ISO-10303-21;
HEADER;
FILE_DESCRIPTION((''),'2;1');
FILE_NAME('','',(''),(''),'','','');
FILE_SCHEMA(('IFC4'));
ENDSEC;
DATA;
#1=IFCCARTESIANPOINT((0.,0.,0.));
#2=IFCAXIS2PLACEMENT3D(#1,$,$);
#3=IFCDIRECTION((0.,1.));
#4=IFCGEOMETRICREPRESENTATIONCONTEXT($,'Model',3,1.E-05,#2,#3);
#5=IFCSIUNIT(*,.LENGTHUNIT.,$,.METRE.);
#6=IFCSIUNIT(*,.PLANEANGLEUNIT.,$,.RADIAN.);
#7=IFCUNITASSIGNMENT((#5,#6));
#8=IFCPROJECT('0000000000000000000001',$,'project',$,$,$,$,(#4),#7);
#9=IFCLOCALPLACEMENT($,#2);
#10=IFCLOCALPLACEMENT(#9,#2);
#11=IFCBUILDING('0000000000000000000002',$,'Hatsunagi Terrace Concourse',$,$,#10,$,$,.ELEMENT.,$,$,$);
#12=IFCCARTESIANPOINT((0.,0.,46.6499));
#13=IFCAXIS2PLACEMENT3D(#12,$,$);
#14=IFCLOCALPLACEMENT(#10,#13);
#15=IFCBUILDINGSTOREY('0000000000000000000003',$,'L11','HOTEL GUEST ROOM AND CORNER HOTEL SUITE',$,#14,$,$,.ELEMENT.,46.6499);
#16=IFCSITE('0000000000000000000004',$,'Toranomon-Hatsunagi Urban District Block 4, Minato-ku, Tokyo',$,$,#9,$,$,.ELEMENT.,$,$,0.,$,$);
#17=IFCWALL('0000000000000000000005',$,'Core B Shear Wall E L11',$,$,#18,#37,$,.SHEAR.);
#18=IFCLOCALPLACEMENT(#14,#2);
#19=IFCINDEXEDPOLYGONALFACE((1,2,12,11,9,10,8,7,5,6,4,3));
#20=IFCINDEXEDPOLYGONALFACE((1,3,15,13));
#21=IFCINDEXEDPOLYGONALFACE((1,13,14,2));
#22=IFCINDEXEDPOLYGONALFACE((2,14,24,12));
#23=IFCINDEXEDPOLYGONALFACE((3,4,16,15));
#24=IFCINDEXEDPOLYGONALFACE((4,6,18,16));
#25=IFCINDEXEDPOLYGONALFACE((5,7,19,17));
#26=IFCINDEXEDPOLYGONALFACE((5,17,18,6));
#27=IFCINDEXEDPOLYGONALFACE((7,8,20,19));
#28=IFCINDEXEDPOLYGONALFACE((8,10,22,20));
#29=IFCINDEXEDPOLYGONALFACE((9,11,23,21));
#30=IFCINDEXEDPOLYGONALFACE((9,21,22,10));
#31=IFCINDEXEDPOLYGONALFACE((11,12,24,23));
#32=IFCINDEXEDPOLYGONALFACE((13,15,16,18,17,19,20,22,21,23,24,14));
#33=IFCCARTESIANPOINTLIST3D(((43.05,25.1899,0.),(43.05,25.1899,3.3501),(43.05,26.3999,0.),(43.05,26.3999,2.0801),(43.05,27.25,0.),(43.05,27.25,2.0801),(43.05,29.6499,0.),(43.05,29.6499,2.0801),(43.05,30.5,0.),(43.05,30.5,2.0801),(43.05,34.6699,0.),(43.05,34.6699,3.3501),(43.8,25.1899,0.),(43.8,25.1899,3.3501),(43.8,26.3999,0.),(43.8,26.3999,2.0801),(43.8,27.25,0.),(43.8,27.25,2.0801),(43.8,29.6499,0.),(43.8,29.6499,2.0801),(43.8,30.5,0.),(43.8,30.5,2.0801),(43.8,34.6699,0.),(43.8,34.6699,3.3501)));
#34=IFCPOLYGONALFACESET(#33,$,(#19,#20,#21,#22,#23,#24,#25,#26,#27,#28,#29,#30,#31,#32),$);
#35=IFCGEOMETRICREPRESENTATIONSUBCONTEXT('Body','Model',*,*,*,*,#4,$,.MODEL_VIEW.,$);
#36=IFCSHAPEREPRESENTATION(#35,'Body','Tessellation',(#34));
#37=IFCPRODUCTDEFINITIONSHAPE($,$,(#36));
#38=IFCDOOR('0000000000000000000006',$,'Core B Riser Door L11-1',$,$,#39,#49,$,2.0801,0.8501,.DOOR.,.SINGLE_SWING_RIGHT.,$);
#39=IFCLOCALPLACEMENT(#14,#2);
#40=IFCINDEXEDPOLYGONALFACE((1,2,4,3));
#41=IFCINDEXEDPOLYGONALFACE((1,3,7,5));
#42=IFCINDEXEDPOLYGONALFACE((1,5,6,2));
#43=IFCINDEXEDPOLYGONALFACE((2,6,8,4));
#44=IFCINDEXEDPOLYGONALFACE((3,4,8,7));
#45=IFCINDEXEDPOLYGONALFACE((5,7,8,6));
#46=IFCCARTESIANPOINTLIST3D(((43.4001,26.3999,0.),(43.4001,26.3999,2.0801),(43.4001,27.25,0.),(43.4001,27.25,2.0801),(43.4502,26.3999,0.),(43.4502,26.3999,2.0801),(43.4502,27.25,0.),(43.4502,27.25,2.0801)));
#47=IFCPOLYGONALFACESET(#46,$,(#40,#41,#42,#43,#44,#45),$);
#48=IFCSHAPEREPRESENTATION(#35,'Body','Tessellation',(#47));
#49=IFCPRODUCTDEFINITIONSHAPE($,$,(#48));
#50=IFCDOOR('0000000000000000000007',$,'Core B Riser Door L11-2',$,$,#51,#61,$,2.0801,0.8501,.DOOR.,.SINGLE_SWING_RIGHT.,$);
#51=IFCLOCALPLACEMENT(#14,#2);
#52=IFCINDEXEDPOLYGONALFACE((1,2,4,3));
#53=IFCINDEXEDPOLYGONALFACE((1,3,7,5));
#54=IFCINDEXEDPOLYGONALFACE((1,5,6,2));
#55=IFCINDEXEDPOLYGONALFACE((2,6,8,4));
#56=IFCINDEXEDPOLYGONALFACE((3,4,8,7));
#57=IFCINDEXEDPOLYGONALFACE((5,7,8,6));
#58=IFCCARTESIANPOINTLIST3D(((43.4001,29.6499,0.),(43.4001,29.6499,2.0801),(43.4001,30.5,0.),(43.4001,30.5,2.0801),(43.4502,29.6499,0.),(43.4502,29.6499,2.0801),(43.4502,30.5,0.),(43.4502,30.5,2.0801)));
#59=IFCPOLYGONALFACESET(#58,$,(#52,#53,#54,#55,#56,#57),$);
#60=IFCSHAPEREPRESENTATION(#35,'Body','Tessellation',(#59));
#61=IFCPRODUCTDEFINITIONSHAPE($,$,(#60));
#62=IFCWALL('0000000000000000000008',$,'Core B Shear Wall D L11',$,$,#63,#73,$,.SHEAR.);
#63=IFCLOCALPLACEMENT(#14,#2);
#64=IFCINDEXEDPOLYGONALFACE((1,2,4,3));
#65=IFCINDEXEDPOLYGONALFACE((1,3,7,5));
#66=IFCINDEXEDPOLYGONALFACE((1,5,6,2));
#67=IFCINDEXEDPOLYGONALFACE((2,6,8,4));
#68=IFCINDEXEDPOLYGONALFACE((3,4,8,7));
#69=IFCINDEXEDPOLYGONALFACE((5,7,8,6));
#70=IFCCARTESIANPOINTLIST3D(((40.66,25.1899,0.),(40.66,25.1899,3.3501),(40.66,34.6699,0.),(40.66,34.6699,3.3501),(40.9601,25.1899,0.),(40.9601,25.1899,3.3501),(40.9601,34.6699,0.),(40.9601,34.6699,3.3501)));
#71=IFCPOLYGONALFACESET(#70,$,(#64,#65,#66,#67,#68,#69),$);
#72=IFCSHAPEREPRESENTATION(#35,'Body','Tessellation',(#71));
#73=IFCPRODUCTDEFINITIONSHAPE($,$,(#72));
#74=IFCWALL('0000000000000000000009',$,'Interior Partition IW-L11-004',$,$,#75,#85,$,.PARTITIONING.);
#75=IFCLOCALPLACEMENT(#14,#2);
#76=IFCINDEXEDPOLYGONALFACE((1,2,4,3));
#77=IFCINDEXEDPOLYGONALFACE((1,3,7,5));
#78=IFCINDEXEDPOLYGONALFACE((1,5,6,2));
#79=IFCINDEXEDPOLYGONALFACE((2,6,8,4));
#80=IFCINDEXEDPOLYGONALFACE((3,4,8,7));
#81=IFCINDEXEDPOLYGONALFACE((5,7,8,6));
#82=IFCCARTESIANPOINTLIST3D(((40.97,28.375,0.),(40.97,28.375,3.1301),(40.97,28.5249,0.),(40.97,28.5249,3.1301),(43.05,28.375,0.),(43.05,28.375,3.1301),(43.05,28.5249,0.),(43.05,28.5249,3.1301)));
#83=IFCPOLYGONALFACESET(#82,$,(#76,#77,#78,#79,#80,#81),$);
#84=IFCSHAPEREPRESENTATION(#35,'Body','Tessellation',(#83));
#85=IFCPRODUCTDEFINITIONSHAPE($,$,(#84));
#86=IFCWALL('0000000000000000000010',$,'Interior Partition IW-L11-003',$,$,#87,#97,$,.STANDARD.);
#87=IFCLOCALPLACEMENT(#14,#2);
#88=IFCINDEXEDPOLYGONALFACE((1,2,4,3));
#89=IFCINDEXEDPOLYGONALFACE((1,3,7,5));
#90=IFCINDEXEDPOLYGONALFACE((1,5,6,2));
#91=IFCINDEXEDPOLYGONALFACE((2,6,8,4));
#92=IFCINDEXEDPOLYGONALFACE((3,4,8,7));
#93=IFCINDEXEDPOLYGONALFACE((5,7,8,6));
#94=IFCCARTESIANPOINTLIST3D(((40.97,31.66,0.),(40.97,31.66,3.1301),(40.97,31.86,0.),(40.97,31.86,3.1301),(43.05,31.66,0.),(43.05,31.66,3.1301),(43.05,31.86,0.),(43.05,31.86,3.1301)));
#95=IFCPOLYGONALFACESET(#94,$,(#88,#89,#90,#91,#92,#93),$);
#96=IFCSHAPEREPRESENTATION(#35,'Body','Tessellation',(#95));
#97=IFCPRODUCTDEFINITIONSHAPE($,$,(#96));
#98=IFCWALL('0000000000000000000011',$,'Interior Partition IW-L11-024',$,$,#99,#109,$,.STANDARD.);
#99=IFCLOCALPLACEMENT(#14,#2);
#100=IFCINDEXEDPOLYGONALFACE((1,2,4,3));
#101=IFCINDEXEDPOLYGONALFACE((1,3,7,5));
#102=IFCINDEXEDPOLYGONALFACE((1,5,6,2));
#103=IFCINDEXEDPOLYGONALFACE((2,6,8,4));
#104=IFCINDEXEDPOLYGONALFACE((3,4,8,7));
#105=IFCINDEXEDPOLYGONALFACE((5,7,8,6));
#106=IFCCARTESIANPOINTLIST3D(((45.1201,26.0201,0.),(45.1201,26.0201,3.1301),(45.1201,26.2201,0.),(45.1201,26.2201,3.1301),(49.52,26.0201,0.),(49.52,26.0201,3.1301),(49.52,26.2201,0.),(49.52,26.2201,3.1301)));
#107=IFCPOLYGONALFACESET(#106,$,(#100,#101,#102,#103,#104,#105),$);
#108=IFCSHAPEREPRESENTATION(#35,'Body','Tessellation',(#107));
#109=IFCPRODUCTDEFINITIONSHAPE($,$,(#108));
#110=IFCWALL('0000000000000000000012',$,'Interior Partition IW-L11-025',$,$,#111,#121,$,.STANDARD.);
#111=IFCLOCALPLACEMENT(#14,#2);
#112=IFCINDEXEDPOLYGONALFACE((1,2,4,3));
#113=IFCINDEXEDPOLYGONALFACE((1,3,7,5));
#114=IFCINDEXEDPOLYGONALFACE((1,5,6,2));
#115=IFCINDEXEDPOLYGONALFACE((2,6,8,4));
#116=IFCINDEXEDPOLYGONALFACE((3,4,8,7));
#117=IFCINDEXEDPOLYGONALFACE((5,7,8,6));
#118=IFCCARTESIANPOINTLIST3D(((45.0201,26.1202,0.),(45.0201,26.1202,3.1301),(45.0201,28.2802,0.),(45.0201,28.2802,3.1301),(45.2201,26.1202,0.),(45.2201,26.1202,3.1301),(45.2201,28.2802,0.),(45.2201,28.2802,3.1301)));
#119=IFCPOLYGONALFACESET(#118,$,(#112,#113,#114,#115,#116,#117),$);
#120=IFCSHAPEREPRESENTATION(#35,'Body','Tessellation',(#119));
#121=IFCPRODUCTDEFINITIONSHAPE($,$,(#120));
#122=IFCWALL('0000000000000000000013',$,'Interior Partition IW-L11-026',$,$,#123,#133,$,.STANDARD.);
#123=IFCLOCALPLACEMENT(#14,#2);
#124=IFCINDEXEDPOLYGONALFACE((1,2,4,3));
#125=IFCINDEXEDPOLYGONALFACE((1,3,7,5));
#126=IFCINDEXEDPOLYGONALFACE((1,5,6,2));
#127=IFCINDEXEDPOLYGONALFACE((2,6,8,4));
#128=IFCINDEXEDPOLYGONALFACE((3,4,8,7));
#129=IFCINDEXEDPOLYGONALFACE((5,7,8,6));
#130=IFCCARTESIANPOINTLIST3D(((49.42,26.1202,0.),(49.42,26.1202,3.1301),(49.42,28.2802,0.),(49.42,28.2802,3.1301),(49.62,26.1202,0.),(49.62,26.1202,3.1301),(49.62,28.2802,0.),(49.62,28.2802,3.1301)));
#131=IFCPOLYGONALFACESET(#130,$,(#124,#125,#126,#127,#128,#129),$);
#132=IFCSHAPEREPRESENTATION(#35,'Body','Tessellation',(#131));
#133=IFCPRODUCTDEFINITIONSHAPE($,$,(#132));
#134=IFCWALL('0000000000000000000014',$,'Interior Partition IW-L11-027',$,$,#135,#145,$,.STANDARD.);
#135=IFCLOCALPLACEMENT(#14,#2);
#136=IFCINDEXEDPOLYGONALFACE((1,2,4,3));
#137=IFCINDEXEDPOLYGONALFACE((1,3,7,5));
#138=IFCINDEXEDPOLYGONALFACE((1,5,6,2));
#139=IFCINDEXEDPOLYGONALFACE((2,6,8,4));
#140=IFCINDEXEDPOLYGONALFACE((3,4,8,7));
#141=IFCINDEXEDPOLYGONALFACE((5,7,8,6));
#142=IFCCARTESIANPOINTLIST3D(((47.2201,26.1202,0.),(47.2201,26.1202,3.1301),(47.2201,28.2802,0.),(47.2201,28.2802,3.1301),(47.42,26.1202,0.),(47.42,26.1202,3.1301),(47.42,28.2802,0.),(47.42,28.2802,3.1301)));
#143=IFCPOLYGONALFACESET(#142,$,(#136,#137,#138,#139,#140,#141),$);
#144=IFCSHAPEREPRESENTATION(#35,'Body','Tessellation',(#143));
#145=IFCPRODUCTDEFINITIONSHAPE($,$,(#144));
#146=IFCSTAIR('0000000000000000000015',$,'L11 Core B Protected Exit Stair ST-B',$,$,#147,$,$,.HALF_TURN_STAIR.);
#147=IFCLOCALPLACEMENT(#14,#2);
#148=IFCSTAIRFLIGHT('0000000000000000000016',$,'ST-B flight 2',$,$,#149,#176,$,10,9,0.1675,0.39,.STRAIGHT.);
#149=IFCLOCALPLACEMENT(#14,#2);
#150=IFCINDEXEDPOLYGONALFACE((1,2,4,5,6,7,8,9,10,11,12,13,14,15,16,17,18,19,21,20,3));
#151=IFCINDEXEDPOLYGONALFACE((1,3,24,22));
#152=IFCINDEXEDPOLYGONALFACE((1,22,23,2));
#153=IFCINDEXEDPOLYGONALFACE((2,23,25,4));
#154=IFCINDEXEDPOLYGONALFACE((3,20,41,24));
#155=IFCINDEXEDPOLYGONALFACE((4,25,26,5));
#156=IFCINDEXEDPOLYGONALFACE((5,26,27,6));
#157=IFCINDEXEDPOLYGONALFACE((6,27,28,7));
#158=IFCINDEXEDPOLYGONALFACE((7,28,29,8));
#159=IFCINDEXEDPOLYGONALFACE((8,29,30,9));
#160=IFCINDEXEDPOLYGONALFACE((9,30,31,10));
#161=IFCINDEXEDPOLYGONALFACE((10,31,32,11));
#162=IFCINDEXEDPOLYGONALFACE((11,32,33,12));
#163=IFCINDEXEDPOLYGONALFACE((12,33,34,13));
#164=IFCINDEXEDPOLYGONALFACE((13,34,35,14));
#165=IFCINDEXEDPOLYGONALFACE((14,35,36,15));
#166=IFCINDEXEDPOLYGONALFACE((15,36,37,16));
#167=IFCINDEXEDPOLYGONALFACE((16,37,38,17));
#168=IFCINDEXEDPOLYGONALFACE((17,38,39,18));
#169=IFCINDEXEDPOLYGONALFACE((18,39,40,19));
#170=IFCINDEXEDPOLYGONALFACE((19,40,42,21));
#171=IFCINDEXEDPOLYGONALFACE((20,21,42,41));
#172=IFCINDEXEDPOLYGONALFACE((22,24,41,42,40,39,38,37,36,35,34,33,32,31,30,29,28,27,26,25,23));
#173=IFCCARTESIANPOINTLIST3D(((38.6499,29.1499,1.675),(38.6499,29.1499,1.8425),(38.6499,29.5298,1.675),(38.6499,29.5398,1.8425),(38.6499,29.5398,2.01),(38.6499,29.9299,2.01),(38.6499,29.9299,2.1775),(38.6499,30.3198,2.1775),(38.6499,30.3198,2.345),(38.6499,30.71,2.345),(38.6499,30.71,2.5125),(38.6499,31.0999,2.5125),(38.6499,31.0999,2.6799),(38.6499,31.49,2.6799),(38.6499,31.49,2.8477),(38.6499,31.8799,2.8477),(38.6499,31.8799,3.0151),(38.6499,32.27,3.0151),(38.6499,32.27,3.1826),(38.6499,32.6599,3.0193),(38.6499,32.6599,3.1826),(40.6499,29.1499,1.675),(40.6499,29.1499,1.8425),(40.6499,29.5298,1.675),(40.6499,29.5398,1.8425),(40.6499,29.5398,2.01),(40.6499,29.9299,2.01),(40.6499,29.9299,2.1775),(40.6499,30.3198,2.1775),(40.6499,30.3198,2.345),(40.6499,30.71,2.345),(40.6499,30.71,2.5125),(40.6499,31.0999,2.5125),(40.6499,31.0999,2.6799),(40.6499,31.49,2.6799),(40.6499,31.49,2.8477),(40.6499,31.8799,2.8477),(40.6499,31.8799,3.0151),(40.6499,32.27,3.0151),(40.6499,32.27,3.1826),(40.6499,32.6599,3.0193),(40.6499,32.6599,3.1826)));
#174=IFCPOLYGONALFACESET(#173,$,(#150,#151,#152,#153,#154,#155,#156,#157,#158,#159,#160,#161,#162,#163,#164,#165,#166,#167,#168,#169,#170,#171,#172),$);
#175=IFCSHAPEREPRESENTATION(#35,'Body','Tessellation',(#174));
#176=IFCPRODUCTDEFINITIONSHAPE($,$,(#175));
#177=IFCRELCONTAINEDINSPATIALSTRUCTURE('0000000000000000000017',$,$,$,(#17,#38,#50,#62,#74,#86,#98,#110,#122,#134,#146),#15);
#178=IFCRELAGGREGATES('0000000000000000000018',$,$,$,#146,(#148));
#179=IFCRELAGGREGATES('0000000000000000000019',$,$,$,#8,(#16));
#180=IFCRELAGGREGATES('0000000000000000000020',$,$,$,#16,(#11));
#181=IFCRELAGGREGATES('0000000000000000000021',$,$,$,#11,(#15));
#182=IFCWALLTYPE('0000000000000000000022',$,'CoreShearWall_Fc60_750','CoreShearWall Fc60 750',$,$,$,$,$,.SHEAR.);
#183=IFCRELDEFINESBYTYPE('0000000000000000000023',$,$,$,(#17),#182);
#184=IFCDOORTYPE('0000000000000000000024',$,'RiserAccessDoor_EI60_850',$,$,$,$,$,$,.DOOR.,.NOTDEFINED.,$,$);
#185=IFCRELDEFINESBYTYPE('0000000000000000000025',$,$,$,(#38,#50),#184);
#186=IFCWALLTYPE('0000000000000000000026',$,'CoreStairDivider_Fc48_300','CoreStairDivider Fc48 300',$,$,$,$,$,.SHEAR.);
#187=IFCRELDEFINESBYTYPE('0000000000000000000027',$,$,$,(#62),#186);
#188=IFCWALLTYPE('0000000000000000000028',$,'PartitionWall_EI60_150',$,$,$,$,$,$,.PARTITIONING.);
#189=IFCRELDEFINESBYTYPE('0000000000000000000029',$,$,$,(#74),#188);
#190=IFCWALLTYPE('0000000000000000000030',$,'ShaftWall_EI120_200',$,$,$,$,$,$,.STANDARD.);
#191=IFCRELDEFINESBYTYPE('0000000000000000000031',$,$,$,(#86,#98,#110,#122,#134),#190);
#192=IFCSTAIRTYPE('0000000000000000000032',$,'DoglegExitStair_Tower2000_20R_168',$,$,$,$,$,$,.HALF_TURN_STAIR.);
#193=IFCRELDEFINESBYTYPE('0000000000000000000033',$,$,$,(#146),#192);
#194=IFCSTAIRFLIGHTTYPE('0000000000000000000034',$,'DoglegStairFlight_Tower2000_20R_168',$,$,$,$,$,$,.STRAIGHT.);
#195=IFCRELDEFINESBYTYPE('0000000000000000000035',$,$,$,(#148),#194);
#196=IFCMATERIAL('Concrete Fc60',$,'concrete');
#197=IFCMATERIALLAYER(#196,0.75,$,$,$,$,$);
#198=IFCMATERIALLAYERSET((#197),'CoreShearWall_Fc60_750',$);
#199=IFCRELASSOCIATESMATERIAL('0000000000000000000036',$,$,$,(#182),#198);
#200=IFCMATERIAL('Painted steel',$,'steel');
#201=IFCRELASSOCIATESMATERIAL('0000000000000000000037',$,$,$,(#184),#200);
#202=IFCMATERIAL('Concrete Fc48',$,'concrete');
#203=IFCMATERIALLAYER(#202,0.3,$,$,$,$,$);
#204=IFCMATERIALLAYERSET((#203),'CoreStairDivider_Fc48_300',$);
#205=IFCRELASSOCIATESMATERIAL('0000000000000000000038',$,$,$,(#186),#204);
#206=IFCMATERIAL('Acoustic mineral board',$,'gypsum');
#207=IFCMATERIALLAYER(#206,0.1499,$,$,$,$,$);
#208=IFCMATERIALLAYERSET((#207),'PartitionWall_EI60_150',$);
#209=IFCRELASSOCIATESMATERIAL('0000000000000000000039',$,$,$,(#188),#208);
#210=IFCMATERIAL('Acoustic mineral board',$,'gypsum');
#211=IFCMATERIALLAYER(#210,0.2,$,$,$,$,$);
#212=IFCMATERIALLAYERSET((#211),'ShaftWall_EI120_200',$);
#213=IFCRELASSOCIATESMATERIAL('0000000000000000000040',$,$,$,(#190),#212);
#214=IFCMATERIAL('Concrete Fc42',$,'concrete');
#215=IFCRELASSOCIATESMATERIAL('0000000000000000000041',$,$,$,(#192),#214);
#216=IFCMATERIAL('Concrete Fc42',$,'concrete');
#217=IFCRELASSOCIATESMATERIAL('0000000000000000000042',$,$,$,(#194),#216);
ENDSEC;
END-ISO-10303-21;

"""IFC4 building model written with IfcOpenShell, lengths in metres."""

from ifc_helpers import new_model, si_unit, direction, frame, frame_2d, origin, place, context, subcontext, project, spatial, polyline, rectangle, outline, extrude, material, layer, layer_set, type_object, element, fill, aggregate, save


model = new_model("IFC4")

# Units and contexts
model_context = context("Model", 3, precision=1e-05, world=origin(), true_north=direction((0.0, 1.0)))
body_context = subcontext(model_context, "Body", "Model", "MODEL_VIEW")
ifc_project = project(units=[si_unit("LENGTHUNIT", "METRE"), si_unit("PLANEANGLEUNIT", "RADIAN")], contexts=[model_context])

# Site, building, storey
site_placement = place(None, origin())
site = spatial("IfcSite", under=ifc_project, at=site_placement, Name="Toranomon-Hatsunagi Urban District Block 4, Minato-ku, Tokyo", CompositionType="ELEMENT", RefElevation=0.0)
building_placement = place(site_placement, origin())
building = spatial("IfcBuilding", under=site, at=building_placement, Name="Hatsunagi Terrace Concourse", CompositionType="ELEMENT")
storey_placement = place(building_placement, frame((0.0, 0.0, 46.6499)))
storey = spatial("IfcBuildingStorey", under=building, at=storey_placement, Name="L11", Description="HOTEL GUEST ROOM AND CORNER HOTEL SUITE", CompositionType="ELEMENT", Elevation=46.6499)

# Wall, openings, doors
ifc_material_1 = material(Name="Concrete Fc60", Category="concrete")
ifc_layer_1 = layer(ifc_material_1, 0.75)
ifc_layer_set_1 = layer_set([ifc_layer_1], Name="CoreShearWall_Fc60_750")
wall_type_1 = type_object("IfcWallType", Name="CoreShearWall_Fc60_750", Description="CoreShearWall Fc60 750", PredefinedType="SHEAR", material=ifc_layer_set_1)
wall_1_placement = place(storey_placement, frame((43.425, 25.1899, 0.0), z_axis=(0.0, 0.0, 1.0), x_axis=(0.0, 1.0, 0.0)))
wall_1 = element("IfcWall", 1, at=wall_1_placement, inside=storey, type_object=wall_type_1, Name="Core B Shear Wall E L11", PredefinedType="SHEAR", context=body_context, shape_type="SweptSolid", body=[
    extrude(rectangle(XDim=9.48, YDim=0.75, at=frame_2d((4.74, 0.0))), origin(), (0.0, 0.0, 1.0), 3.3501),
])
opening_1_placement = place(wall_1_placement, frame((1.21, 0.0, 0.0)))
opening_1 = element("IfcOpeningElement", 2, at=opening_1_placement, cuts=wall_1, PredefinedType="OPENING", context=body_context, shape_type="SweptSolid", body=[
    extrude(rectangle(XDim=0.8501, YDim=2.0801, at=frame_2d((0.425, 1.04))), frame((0.0, 0.385, 0.0), z_axis=(0.0, -1.0, 0.0), x_axis=(1.0, 0.0, 0.0)), (0.0, 0.0, 1.0), 0.77),
])
opening_2_placement = place(wall_1_placement, frame((4.46, 0.0, 0.0)))
opening_2 = element("IfcOpeningElement", 3, at=opening_2_placement, cuts=wall_1, PredefinedType="OPENING", context=body_context, shape_type="SweptSolid", body=[
    extrude(rectangle(XDim=0.8501, YDim=2.0801, at=frame_2d((0.425, 1.04))), frame((0.0, 0.385, 0.0), z_axis=(0.0, -1.0, 0.0), x_axis=(1.0, 0.0, 0.0)), (0.0, 0.0, 1.0), 0.77),
])
ifc_material_2 = material(Name="Painted steel", Category="steel")
door_type_1 = type_object("IfcDoorType", Name="RiserAccessDoor_EI60_850", OperationType="NOTDEFINED", PredefinedType="DOOR", material=ifc_material_2)
door_1_placement = place(opening_1_placement, origin())
door_1 = element("IfcDoor", 4, at=door_1_placement, inside=storey, type_object=door_type_1, Name="Core B Riser Door L11-1", OperationType="SINGLE_SWING_RIGHT", OverallHeight=2.0801, OverallWidth=0.8501, PredefinedType="DOOR", context=body_context, shape_type="SweptSolid", body=[
    extrude(rectangle(XDim=0.8501, YDim=2.0801, at=frame_2d((0.425, 1.04))), frame((0.0, 0.0249, 0.0), z_axis=(0.0, -1.0, 0.0), x_axis=(1.0, 0.0, 0.0)), (0.0, 0.0, 1.0), 0.05),
])
fill(opening_1, door_1)
door_2_placement = place(opening_2_placement, origin())
door_2 = element("IfcDoor", 5, at=door_2_placement, inside=storey, type_object=door_type_1, Name="Core B Riser Door L11-2", OperationType="SINGLE_SWING_RIGHT", OverallHeight=2.0801, OverallWidth=0.8501, PredefinedType="DOOR", context=body_context, shape_type="SweptSolid", body=[
    extrude(rectangle(XDim=0.8501, YDim=2.0801, at=frame_2d((0.425, 1.04))), frame((0.0, 0.0249, 0.0), z_axis=(0.0, -1.0, 0.0), x_axis=(1.0, 0.0, 0.0)), (0.0, 0.0, 1.0), 0.05),
])
fill(opening_2, door_2)

# Walls
ifc_material_3 = material(Name="Concrete Fc48", Category="concrete")
ifc_layer_2 = layer(ifc_material_3, 0.3)
ifc_layer_set_2 = layer_set([ifc_layer_2], Name="CoreStairDivider_Fc48_300")
wall_type_2 = type_object("IfcWallType", Name="CoreStairDivider_Fc48_300", Description="CoreStairDivider Fc48 300", PredefinedType="SHEAR", material=ifc_layer_set_2)
wall_2_placement = place(storey_placement, frame((40.8101, 25.1899, 0.0), z_axis=(0.0, 0.0, 1.0), x_axis=(0.0, 1.0, 0.0)))
element("IfcWall", 6, at=wall_2_placement, inside=storey, type_object=wall_type_2, Name="Core B Shear Wall D L11", PredefinedType="SHEAR", context=body_context, shape_type="SweptSolid", body=[
    extrude(rectangle(XDim=9.48, YDim=0.3, at=frame_2d((4.74, 0.0))), origin(), (0.0, 0.0, 1.0), 3.3501),
])
ifc_material_4 = material(Name="Acoustic mineral board", Category="gypsum")
ifc_layer_3 = layer(ifc_material_4, 0.1499)
ifc_layer_set_3 = layer_set([ifc_layer_3], Name="PartitionWall_EI60_150")
wall_type_3 = type_object("IfcWallType", Name="PartitionWall_EI60_150", PredefinedType="PARTITIONING", material=ifc_layer_set_3)
wall_3_placement = place(storey_placement, frame((40.97, 28.45, 0.0), z_axis=(0.0, 0.0, 1.0), x_axis=(1.0, 0.0, 0.0)))
element("IfcWall", 7, at=wall_3_placement, inside=storey, type_object=wall_type_3, Name="Interior Partition IW-L11-004", PredefinedType="PARTITIONING", context=body_context, shape_type="SweptSolid", body=[
    extrude(rectangle(XDim=2.0801, YDim=0.1499, at=frame_2d((1.04, 0.0))), origin(), (0.0, 0.0, 1.0), 3.1301),
])
ifc_material_5 = material(Name="Acoustic mineral board", Category="gypsum")
ifc_layer_4 = layer(ifc_material_5, 0.2)
ifc_layer_set_4 = layer_set([ifc_layer_4], Name="ShaftWall_EI120_200")
wall_type_4 = type_object("IfcWallType", Name="ShaftWall_EI120_200", PredefinedType="STANDARD", material=ifc_layer_set_4)
wall_4_placement = place(storey_placement, frame((40.97, 31.76, 0.0), z_axis=(0.0, 0.0, 1.0), x_axis=(1.0, 0.0, 0.0)))
element("IfcWall", 8, at=wall_4_placement, inside=storey, type_object=wall_type_4, Name="Interior Partition IW-L11-003", PredefinedType="STANDARD", context=body_context, shape_type="SweptSolid", body=[
    extrude(rectangle(XDim=2.0801, YDim=0.2, at=frame_2d((1.04, 0.0))), origin(), (0.0, 0.0, 1.0), 3.1301),
])
wall_5_placement = place(storey_placement, frame((45.1201, 26.1201, 0.0), z_axis=(0.0, 0.0, 1.0), x_axis=(1.0, 0.0, 0.0)))
element("IfcWall", 9, at=wall_5_placement, inside=storey, type_object=wall_type_4, Name="Interior Partition IW-L11-024", PredefinedType="STANDARD", context=body_context, shape_type="SweptSolid", body=[
    extrude(rectangle(XDim=4.3999, YDim=0.2, at=frame_2d((2.2, 0.0))), origin(), (0.0, 0.0, 1.0), 3.1301),
])
for number, where, z_axis, x_axis, name in (
    (10, (45.1201, 26.1201, 0.0), (0.0, 0.0, 1.0), (0.0, 1.0, 0.0), "Interior Partition IW-L11-025"),
    (11, (49.52, 26.1201, 0.0), (0.0, 0.0, 1.0), (0.0, 1.0, 0.0), "Interior Partition IW-L11-026"),
    (12, (47.3201, 26.1201, 0.0), (0.0, 0.0, 1.0), (0.0, 1.0, 0.0), "Interior Partition IW-L11-027"),
):
    element("IfcWall", number, at=place(storey_placement, frame(where, z_axis=z_axis, x_axis=x_axis)), inside=storey, type_object=wall_type_4, Name=name, PredefinedType="STANDARD", context=body_context, shape_type="SweptSolid", body=[
        extrude(rectangle(XDim=2.1599, YDim=0.2, at=frame_2d((1.0801, 0.0))), origin(), (0.0, 0.0, 1.0), 3.1301),
    ])

# Stair, stair flight
ifc_material_6 = material(Name="Concrete Fc42", Category="concrete")
stair_type = type_object("IfcStairType", Name="DoglegExitStair_Tower2000_20R_168", PredefinedType="HALF_TURN_STAIR", material=ifc_material_6)
stair_placement = place(storey_placement, origin())
stair = element("IfcStair", 13, at=stair_placement, inside=storey, type_object=stair_type, Name="L11 Core B Protected Exit Stair ST-B", PredefinedType="HALF_TURN_STAIR")
ifc_material_7 = material(Name="Concrete Fc42", Category="concrete")
stair_flight_type = type_object("IfcStairFlightType", Name="DoglegStairFlight_Tower2000_20R_168", PredefinedType="STRAIGHT", material=ifc_material_7)
stair_flight_placement = place(storey_placement, frame((39.6499, 29.1499, 1.675), z_axis=(0.0, 0.0, 1.0), x_axis=(0.0, 1.0, 0.0)))
stair_flight = element("IfcStairFlight", 14, at=stair_flight_placement, type_object=stair_flight_type, Name="ST-B flight 2", NumberOfRisers=10, NumberOfTreads=9, PredefinedType="STRAIGHT", RiserHeight=0.1675, TreadLength=0.39, context=body_context, shape_type="SweptSolid", body=[
    extrude(outline(polyline([(0.0, 0.0), (0.0, 0.1675), (0.3899, 0.1675), (0.3899, 0.335), (0.78, 0.335), (0.78, 0.5024), (1.1699, 0.5024), (1.1699, 0.6699), (1.5601, 0.6699), (1.5601, 0.8374), (1.95, 0.8374), (1.95, 1.0049), (2.3401, 1.0049), (2.3401, 1.1726), (2.73, 1.1726), (2.73, 1.3401), (3.1201, 1.3401), (3.1201, 1.5076), (3.51, 1.5076), (3.51, 1.675), (3.51, 1.3442), (0.3799, 0.0), (0.0, 0.0)])), frame((0.0, 1.0, 0.0), z_axis=(0.0, -1.0, 0.0), x_axis=(1.0, 0.0, 0.0)), (0.0, 0.0, 1.0), 2.0),
])
aggregate(stair, [stair_flight])

save(model, "model.ifc")
